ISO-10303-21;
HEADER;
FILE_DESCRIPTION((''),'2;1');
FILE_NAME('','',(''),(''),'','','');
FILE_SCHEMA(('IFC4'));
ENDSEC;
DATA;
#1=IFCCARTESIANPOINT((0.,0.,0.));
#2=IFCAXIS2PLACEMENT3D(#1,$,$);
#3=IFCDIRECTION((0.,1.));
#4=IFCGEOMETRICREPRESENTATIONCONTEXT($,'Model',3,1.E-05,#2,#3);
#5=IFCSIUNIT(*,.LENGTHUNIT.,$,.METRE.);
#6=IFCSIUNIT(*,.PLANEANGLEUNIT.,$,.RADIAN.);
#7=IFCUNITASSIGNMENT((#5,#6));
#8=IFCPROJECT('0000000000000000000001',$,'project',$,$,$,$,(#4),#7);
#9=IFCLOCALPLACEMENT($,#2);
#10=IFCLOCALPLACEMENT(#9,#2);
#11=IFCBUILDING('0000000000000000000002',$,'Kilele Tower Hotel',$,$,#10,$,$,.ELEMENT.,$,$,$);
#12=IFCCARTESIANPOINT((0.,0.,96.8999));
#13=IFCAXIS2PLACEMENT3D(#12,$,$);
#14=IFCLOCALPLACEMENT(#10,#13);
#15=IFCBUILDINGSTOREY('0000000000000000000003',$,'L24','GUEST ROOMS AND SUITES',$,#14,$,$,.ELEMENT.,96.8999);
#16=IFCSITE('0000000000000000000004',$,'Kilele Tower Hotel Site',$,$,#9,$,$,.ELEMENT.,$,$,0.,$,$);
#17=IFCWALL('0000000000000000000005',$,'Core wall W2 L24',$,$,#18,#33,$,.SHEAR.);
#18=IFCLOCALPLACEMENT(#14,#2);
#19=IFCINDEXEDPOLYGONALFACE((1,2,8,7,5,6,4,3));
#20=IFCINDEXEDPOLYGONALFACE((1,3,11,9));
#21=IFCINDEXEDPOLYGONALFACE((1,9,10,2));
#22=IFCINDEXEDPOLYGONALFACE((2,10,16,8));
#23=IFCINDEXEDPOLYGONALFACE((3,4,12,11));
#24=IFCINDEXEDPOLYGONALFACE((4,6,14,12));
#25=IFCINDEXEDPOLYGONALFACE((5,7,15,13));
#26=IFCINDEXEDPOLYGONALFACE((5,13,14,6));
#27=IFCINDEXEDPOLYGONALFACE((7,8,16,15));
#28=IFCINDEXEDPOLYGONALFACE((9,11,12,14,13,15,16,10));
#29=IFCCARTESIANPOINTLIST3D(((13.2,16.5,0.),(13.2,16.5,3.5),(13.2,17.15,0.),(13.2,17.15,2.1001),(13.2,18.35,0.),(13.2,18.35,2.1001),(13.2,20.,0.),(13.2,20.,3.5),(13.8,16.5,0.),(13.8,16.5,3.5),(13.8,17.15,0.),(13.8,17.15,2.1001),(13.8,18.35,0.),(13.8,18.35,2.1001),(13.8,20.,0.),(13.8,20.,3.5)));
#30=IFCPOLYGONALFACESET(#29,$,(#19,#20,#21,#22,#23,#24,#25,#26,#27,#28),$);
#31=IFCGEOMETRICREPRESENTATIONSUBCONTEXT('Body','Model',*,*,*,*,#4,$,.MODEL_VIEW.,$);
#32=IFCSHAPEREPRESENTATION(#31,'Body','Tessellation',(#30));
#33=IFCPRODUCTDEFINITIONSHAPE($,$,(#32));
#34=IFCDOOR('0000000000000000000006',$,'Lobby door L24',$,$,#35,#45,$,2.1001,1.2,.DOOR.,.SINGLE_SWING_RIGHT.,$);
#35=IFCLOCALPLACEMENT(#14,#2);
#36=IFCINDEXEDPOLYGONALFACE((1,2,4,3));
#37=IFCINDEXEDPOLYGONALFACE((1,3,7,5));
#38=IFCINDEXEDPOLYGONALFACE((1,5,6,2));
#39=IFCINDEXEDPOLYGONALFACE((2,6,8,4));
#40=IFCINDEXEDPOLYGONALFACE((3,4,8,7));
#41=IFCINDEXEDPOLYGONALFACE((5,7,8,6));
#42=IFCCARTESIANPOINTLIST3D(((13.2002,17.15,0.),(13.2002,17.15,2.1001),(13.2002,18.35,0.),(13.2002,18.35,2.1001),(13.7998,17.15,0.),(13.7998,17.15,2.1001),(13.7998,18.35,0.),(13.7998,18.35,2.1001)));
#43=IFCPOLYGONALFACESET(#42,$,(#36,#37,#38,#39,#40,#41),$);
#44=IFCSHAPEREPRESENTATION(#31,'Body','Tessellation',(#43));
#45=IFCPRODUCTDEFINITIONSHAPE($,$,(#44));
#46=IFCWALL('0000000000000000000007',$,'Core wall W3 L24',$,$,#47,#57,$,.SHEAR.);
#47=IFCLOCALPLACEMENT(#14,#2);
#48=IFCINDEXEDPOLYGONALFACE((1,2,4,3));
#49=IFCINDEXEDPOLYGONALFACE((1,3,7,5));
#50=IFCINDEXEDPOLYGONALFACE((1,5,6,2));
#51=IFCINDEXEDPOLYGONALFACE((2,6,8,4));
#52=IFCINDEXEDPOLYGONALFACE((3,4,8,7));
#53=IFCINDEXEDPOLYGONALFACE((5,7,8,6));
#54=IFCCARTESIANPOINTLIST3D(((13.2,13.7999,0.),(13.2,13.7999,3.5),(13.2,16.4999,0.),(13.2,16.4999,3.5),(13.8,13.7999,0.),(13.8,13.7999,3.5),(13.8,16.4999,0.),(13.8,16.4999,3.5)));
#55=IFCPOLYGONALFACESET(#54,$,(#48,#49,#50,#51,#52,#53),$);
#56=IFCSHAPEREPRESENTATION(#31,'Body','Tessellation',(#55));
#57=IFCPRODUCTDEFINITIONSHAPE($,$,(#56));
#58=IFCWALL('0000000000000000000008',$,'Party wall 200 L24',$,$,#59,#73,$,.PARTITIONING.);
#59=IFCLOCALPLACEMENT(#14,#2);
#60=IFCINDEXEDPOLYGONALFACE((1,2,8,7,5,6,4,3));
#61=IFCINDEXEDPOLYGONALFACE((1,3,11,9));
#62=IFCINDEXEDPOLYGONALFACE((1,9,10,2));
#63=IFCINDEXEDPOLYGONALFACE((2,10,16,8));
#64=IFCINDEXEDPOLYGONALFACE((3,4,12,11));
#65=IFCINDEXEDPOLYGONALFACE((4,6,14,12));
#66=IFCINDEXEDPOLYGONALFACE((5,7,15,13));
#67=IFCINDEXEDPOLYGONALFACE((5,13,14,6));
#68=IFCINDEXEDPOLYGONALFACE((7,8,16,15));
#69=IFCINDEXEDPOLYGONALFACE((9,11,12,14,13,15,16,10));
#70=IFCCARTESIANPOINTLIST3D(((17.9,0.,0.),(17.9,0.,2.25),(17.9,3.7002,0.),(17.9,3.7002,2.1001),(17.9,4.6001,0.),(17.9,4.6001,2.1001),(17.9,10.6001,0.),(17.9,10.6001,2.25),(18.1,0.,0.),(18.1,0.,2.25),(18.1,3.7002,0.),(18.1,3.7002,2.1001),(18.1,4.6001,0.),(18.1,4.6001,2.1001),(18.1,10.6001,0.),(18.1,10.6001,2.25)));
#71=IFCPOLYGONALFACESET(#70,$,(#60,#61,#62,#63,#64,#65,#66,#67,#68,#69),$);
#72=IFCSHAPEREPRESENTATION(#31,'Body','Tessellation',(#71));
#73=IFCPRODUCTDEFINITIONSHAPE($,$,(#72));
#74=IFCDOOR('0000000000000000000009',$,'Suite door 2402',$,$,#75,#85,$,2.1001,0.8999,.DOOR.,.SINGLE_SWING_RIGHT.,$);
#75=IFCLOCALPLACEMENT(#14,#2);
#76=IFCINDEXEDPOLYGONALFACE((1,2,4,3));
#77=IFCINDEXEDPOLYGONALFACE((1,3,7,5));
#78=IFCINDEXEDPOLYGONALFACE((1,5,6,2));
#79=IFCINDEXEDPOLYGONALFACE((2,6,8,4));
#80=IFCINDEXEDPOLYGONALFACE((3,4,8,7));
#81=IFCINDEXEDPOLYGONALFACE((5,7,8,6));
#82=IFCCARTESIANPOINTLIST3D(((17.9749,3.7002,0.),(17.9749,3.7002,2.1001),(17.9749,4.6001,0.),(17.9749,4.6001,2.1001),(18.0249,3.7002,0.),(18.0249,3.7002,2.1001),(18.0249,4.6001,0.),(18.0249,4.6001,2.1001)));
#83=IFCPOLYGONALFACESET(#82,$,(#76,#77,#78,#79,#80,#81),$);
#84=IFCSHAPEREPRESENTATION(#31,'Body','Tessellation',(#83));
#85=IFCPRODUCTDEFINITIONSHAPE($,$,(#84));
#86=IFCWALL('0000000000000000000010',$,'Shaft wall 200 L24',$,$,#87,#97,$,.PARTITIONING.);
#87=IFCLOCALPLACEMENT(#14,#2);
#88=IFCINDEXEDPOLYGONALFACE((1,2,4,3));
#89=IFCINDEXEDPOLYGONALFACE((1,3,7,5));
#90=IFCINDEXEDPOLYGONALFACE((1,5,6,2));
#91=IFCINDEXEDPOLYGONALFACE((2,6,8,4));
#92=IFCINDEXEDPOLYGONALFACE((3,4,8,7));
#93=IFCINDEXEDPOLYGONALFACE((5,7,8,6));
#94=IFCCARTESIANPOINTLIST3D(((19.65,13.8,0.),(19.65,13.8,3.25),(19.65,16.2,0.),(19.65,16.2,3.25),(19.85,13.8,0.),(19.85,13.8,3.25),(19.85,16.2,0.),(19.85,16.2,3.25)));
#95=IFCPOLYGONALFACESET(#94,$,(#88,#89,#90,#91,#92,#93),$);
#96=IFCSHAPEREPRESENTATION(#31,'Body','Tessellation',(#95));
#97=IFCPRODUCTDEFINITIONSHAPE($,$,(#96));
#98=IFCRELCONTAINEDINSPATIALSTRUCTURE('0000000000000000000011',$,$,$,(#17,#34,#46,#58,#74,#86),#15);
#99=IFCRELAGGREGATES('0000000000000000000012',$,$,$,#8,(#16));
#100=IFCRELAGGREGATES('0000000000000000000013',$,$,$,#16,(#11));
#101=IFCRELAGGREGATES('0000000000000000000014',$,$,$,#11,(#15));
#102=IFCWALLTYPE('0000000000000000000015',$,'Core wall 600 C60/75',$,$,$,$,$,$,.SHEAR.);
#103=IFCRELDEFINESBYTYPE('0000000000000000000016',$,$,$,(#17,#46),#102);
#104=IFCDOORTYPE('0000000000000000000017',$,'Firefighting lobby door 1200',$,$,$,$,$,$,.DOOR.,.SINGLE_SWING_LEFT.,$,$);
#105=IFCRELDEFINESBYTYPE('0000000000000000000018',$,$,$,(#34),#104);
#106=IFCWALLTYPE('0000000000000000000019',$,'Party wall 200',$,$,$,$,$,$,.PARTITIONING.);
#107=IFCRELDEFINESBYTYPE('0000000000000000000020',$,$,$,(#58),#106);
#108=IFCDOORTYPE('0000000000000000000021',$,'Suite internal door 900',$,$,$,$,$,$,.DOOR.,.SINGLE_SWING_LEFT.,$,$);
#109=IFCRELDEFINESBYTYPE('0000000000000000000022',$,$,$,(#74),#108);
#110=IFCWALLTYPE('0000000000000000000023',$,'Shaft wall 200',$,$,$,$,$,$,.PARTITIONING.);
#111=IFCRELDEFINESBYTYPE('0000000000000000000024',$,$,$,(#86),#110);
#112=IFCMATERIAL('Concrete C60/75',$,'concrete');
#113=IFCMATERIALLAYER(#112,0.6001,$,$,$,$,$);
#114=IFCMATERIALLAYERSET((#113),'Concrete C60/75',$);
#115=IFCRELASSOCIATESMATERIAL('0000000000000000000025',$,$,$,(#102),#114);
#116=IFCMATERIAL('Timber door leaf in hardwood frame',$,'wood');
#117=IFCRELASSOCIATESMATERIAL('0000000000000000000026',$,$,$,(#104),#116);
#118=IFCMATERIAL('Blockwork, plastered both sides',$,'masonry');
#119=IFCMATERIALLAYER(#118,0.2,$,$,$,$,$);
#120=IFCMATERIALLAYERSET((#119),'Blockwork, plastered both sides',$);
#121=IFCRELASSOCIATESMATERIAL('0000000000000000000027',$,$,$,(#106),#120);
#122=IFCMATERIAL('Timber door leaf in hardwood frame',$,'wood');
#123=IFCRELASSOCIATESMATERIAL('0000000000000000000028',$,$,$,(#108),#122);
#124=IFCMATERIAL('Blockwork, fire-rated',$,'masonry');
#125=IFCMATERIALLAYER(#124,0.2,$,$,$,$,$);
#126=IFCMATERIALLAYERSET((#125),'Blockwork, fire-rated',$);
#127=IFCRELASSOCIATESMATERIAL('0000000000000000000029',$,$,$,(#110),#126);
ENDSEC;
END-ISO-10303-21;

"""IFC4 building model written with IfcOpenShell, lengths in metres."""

from ifc_helpers import new_model, si_unit, direction, frame, frame_2d, origin, place, context, subcontext, project, spatial, rectangle, extrude, material, layer, layer_set, type_object, element, fill, save


model = new_model("IFC4")

# Units and contexts
model_context = context("Model", 3, precision=1e-05, world=origin(), true_north=direction((0.0, 1.0)))
body_context = subcontext(model_context, "Body", "Model", "MODEL_VIEW")
ifc_project = project(units=[si_unit("LENGTHUNIT", "METRE"), si_unit("PLANEANGLEUNIT", "RADIAN")], contexts=[model_context])

# Site, building, storey
site_placement = place(None, origin())
site = spatial("IfcSite", under=ifc_project, at=site_placement, Name="Kilele Tower Hotel Site", CompositionType="ELEMENT", RefElevation=0.0)
building_placement = place(site_placement, origin())
building = spatial("IfcBuilding", under=site, at=building_placement, Name="Kilele Tower Hotel", CompositionType="ELEMENT")
storey_placement = place(building_placement, frame((0.0, 0.0, 96.8999)))
storey = spatial("IfcBuildingStorey", under=building, at=storey_placement, Name="L24", Description="GUEST ROOMS AND SUITES", CompositionType="ELEMENT", Elevation=96.8999)

# Shared definitions
ifc_material_1 = material(Name="Concrete C60/75", Category="concrete")
ifc_layer_1 = layer(ifc_material_1, 0.6001)
ifc_layer_set_1 = layer_set([ifc_layer_1], Name="Concrete C60/75")
wall_type_1 = type_object("IfcWallType", Name="Core wall 600 C60/75", PredefinedType="SHEAR", material=ifc_layer_set_1)
ifc_material_2 = material(Name="Timber door leaf in hardwood frame", Category="wood")
door_type_1 = type_object("IfcDoorType", Name="Firefighting lobby door 1200", OperationType="SINGLE_SWING_LEFT", PredefinedType="DOOR", material=ifc_material_2)

# Wall, opening, door
wall_1_placement = place(storey_placement, frame((13.5, 20.0, 0.0), z_axis=(0.0, 0.0, 1.0), x_axis=(0.0, -1.0, 0.0)))
wall_1 = element("IfcWall", 1, at=wall_1_placement, inside=storey, type_object=wall_type_1, Name="Core wall W2 L24", PredefinedType="SHEAR", context=body_context, shape_type="SweptSolid", body=[
    extrude(rectangle(XDim=3.5, YDim=0.6001, at=frame_2d((1.75, 0.0))), origin(), (0.0, 0.0, 1.0), 3.5),
])
opening_1_placement = place(wall_1_placement, frame((1.6499, 0.0, 0.0)))
opening_1 = element("IfcOpeningElement", 2, at=opening_1_placement, cuts=wall_1, PredefinedType="OPENING", context=body_context, shape_type="SweptSolid", body=[
    extrude(rectangle(XDim=1.2, YDim=2.1001, at=frame_2d((0.6001, 1.05))), frame((0.0, 0.3101, 0.0), z_axis=(0.0, -1.0, 0.0), x_axis=(1.0, 0.0, 0.0)), (0.0, 0.0, 1.0), 0.6201),
])
door_1_placement = place(opening_1_placement, origin())
door_1 = element("IfcDoor", 3, at=door_1_placement, inside=storey, type_object=door_type_1, Name="Lobby door L24", OperationType="SINGLE_SWING_RIGHT", OverallHeight=2.1001, OverallWidth=1.2, PredefinedType="DOOR", context=body_context, shape_type="SweptSolid", body=[
    extrude(rectangle(XDim=1.2, YDim=2.1001, at=frame_2d((0.6001, 1.05))), frame((0.0, 0.2998, 0.0), z_axis=(0.0, -1.0, 0.0), x_axis=(1.0, 0.0, 0.0)), (0.0, 0.0, 1.0), 0.5996),
])
fill(opening_1, door_1)

# Wall
wall_2_placement = place(storey_placement, frame((13.5, 16.5, 0.0), z_axis=(0.0, 0.0, 1.0), x_axis=(0.0, -1.0, 0.0)))
element("IfcWall", 4, at=wall_2_placement, inside=storey, type_object=wall_type_1, Name="Core wall W3 L24", PredefinedType="SHEAR", context=body_context, shape_type="SweptSolid", body=[
    extrude(rectangle(XDim=2.7, YDim=0.6001, at=frame_2d((1.3501, 0.0))), origin(), (0.0, 0.0, 1.0), 3.5),
])

# Wall, opening, door
ifc_material_3 = material(Name="Blockwork, plastered both sides", Category="masonry")
ifc_layer_2 = layer(ifc_material_3, 0.2)
ifc_layer_set_2 = layer_set([ifc_layer_2], Name="Blockwork, plastered both sides")
wall_type_2 = type_object("IfcWallType", Name="Party wall 200", PredefinedType="PARTITIONING", material=ifc_layer_set_2)
wall_3_placement = place(storey_placement, frame((18.0, 10.6001, 0.0), z_axis=(0.0, 0.0, 1.0), x_axis=(0.0, -1.0, 0.0)))
wall_3 = element("IfcWall", 5, at=wall_3_placement, inside=storey, type_object=wall_type_2, Name="Party wall 200 L24", PredefinedType="PARTITIONING", context=body_context, shape_type="SweptSolid", body=[
    extrude(rectangle(XDim=10.6001, YDim=0.2, at=frame_2d((5.3, 0.0))), origin(), (0.0, 0.0, 1.0), 2.25),
])
opening_2_placement = place(wall_3_placement, frame((6.0, 0.0, 0.0)))
opening_2 = element("IfcOpeningElement", 6, at=opening_2_placement, cuts=wall_3, PredefinedType="OPENING", context=body_context, shape_type="SweptSolid", body=[
    extrude(rectangle(XDim=0.8999, YDim=2.1001, at=frame_2d((0.45, 1.05))), frame((0.0, 0.1099, 0.0), z_axis=(0.0, -1.0, 0.0), x_axis=(1.0, 0.0, 0.0)), (0.0, 0.0, 1.0), 0.22),
])
ifc_material_4 = material(Name="Timber door leaf in hardwood frame", Category="wood")
door_type_2 = type_object("IfcDoorType", Name="Suite internal door 900", OperationType="SINGLE_SWING_LEFT", PredefinedType="DOOR", material=ifc_material_4)
door_2_placement = place(opening_2_placement, origin())
door_2 = element("IfcDoor", 7, at=door_2_placement, inside=storey, type_object=door_type_2, Name="Suite door 2402", OperationType="SINGLE_SWING_RIGHT", OverallHeight=2.1001, OverallWidth=0.8999, PredefinedType="DOOR", context=body_context, shape_type="SweptSolid", body=[
    extrude(rectangle(XDim=0.8999, YDim=2.1001, at=frame_2d((0.45, 1.05))), frame((0.0, 0.0249, 0.0), z_axis=(0.0, -1.0, 0.0), x_axis=(1.0, 0.0, 0.0)), (0.0, 0.0, 1.0), 0.05),
])
fill(opening_2, door_2)

# Wall
ifc_material_5 = material(Name="Blockwork, fire-rated", Category="masonry")
ifc_layer_3 = layer(ifc_material_5, 0.2)
ifc_layer_set_3 = layer_set([ifc_layer_3], Name="Blockwork, fire-rated")
wall_type_3 = type_object("IfcWallType", Name="Shaft wall 200", PredefinedType="PARTITIONING", material=ifc_layer_set_3)
wall_4_placement = place(storey_placement, frame((19.75, 13.8, 0.0), z_axis=(0.0, 0.0, 1.0), x_axis=(0.0, 1.0, 0.0)))
element("IfcWall", 8, at=wall_4_placement, inside=storey, type_object=wall_type_3, Name="Shaft wall 200 L24", PredefinedType="PARTITIONING", context=body_context, shape_type="SweptSolid", body=[
    extrude(rectangle(XDim=2.3999, YDim=0.2, at=frame_2d((1.2, 0.0))), origin(), (0.0, 0.0, 1.0), 3.25),
])

save(model, "model.ifc")
